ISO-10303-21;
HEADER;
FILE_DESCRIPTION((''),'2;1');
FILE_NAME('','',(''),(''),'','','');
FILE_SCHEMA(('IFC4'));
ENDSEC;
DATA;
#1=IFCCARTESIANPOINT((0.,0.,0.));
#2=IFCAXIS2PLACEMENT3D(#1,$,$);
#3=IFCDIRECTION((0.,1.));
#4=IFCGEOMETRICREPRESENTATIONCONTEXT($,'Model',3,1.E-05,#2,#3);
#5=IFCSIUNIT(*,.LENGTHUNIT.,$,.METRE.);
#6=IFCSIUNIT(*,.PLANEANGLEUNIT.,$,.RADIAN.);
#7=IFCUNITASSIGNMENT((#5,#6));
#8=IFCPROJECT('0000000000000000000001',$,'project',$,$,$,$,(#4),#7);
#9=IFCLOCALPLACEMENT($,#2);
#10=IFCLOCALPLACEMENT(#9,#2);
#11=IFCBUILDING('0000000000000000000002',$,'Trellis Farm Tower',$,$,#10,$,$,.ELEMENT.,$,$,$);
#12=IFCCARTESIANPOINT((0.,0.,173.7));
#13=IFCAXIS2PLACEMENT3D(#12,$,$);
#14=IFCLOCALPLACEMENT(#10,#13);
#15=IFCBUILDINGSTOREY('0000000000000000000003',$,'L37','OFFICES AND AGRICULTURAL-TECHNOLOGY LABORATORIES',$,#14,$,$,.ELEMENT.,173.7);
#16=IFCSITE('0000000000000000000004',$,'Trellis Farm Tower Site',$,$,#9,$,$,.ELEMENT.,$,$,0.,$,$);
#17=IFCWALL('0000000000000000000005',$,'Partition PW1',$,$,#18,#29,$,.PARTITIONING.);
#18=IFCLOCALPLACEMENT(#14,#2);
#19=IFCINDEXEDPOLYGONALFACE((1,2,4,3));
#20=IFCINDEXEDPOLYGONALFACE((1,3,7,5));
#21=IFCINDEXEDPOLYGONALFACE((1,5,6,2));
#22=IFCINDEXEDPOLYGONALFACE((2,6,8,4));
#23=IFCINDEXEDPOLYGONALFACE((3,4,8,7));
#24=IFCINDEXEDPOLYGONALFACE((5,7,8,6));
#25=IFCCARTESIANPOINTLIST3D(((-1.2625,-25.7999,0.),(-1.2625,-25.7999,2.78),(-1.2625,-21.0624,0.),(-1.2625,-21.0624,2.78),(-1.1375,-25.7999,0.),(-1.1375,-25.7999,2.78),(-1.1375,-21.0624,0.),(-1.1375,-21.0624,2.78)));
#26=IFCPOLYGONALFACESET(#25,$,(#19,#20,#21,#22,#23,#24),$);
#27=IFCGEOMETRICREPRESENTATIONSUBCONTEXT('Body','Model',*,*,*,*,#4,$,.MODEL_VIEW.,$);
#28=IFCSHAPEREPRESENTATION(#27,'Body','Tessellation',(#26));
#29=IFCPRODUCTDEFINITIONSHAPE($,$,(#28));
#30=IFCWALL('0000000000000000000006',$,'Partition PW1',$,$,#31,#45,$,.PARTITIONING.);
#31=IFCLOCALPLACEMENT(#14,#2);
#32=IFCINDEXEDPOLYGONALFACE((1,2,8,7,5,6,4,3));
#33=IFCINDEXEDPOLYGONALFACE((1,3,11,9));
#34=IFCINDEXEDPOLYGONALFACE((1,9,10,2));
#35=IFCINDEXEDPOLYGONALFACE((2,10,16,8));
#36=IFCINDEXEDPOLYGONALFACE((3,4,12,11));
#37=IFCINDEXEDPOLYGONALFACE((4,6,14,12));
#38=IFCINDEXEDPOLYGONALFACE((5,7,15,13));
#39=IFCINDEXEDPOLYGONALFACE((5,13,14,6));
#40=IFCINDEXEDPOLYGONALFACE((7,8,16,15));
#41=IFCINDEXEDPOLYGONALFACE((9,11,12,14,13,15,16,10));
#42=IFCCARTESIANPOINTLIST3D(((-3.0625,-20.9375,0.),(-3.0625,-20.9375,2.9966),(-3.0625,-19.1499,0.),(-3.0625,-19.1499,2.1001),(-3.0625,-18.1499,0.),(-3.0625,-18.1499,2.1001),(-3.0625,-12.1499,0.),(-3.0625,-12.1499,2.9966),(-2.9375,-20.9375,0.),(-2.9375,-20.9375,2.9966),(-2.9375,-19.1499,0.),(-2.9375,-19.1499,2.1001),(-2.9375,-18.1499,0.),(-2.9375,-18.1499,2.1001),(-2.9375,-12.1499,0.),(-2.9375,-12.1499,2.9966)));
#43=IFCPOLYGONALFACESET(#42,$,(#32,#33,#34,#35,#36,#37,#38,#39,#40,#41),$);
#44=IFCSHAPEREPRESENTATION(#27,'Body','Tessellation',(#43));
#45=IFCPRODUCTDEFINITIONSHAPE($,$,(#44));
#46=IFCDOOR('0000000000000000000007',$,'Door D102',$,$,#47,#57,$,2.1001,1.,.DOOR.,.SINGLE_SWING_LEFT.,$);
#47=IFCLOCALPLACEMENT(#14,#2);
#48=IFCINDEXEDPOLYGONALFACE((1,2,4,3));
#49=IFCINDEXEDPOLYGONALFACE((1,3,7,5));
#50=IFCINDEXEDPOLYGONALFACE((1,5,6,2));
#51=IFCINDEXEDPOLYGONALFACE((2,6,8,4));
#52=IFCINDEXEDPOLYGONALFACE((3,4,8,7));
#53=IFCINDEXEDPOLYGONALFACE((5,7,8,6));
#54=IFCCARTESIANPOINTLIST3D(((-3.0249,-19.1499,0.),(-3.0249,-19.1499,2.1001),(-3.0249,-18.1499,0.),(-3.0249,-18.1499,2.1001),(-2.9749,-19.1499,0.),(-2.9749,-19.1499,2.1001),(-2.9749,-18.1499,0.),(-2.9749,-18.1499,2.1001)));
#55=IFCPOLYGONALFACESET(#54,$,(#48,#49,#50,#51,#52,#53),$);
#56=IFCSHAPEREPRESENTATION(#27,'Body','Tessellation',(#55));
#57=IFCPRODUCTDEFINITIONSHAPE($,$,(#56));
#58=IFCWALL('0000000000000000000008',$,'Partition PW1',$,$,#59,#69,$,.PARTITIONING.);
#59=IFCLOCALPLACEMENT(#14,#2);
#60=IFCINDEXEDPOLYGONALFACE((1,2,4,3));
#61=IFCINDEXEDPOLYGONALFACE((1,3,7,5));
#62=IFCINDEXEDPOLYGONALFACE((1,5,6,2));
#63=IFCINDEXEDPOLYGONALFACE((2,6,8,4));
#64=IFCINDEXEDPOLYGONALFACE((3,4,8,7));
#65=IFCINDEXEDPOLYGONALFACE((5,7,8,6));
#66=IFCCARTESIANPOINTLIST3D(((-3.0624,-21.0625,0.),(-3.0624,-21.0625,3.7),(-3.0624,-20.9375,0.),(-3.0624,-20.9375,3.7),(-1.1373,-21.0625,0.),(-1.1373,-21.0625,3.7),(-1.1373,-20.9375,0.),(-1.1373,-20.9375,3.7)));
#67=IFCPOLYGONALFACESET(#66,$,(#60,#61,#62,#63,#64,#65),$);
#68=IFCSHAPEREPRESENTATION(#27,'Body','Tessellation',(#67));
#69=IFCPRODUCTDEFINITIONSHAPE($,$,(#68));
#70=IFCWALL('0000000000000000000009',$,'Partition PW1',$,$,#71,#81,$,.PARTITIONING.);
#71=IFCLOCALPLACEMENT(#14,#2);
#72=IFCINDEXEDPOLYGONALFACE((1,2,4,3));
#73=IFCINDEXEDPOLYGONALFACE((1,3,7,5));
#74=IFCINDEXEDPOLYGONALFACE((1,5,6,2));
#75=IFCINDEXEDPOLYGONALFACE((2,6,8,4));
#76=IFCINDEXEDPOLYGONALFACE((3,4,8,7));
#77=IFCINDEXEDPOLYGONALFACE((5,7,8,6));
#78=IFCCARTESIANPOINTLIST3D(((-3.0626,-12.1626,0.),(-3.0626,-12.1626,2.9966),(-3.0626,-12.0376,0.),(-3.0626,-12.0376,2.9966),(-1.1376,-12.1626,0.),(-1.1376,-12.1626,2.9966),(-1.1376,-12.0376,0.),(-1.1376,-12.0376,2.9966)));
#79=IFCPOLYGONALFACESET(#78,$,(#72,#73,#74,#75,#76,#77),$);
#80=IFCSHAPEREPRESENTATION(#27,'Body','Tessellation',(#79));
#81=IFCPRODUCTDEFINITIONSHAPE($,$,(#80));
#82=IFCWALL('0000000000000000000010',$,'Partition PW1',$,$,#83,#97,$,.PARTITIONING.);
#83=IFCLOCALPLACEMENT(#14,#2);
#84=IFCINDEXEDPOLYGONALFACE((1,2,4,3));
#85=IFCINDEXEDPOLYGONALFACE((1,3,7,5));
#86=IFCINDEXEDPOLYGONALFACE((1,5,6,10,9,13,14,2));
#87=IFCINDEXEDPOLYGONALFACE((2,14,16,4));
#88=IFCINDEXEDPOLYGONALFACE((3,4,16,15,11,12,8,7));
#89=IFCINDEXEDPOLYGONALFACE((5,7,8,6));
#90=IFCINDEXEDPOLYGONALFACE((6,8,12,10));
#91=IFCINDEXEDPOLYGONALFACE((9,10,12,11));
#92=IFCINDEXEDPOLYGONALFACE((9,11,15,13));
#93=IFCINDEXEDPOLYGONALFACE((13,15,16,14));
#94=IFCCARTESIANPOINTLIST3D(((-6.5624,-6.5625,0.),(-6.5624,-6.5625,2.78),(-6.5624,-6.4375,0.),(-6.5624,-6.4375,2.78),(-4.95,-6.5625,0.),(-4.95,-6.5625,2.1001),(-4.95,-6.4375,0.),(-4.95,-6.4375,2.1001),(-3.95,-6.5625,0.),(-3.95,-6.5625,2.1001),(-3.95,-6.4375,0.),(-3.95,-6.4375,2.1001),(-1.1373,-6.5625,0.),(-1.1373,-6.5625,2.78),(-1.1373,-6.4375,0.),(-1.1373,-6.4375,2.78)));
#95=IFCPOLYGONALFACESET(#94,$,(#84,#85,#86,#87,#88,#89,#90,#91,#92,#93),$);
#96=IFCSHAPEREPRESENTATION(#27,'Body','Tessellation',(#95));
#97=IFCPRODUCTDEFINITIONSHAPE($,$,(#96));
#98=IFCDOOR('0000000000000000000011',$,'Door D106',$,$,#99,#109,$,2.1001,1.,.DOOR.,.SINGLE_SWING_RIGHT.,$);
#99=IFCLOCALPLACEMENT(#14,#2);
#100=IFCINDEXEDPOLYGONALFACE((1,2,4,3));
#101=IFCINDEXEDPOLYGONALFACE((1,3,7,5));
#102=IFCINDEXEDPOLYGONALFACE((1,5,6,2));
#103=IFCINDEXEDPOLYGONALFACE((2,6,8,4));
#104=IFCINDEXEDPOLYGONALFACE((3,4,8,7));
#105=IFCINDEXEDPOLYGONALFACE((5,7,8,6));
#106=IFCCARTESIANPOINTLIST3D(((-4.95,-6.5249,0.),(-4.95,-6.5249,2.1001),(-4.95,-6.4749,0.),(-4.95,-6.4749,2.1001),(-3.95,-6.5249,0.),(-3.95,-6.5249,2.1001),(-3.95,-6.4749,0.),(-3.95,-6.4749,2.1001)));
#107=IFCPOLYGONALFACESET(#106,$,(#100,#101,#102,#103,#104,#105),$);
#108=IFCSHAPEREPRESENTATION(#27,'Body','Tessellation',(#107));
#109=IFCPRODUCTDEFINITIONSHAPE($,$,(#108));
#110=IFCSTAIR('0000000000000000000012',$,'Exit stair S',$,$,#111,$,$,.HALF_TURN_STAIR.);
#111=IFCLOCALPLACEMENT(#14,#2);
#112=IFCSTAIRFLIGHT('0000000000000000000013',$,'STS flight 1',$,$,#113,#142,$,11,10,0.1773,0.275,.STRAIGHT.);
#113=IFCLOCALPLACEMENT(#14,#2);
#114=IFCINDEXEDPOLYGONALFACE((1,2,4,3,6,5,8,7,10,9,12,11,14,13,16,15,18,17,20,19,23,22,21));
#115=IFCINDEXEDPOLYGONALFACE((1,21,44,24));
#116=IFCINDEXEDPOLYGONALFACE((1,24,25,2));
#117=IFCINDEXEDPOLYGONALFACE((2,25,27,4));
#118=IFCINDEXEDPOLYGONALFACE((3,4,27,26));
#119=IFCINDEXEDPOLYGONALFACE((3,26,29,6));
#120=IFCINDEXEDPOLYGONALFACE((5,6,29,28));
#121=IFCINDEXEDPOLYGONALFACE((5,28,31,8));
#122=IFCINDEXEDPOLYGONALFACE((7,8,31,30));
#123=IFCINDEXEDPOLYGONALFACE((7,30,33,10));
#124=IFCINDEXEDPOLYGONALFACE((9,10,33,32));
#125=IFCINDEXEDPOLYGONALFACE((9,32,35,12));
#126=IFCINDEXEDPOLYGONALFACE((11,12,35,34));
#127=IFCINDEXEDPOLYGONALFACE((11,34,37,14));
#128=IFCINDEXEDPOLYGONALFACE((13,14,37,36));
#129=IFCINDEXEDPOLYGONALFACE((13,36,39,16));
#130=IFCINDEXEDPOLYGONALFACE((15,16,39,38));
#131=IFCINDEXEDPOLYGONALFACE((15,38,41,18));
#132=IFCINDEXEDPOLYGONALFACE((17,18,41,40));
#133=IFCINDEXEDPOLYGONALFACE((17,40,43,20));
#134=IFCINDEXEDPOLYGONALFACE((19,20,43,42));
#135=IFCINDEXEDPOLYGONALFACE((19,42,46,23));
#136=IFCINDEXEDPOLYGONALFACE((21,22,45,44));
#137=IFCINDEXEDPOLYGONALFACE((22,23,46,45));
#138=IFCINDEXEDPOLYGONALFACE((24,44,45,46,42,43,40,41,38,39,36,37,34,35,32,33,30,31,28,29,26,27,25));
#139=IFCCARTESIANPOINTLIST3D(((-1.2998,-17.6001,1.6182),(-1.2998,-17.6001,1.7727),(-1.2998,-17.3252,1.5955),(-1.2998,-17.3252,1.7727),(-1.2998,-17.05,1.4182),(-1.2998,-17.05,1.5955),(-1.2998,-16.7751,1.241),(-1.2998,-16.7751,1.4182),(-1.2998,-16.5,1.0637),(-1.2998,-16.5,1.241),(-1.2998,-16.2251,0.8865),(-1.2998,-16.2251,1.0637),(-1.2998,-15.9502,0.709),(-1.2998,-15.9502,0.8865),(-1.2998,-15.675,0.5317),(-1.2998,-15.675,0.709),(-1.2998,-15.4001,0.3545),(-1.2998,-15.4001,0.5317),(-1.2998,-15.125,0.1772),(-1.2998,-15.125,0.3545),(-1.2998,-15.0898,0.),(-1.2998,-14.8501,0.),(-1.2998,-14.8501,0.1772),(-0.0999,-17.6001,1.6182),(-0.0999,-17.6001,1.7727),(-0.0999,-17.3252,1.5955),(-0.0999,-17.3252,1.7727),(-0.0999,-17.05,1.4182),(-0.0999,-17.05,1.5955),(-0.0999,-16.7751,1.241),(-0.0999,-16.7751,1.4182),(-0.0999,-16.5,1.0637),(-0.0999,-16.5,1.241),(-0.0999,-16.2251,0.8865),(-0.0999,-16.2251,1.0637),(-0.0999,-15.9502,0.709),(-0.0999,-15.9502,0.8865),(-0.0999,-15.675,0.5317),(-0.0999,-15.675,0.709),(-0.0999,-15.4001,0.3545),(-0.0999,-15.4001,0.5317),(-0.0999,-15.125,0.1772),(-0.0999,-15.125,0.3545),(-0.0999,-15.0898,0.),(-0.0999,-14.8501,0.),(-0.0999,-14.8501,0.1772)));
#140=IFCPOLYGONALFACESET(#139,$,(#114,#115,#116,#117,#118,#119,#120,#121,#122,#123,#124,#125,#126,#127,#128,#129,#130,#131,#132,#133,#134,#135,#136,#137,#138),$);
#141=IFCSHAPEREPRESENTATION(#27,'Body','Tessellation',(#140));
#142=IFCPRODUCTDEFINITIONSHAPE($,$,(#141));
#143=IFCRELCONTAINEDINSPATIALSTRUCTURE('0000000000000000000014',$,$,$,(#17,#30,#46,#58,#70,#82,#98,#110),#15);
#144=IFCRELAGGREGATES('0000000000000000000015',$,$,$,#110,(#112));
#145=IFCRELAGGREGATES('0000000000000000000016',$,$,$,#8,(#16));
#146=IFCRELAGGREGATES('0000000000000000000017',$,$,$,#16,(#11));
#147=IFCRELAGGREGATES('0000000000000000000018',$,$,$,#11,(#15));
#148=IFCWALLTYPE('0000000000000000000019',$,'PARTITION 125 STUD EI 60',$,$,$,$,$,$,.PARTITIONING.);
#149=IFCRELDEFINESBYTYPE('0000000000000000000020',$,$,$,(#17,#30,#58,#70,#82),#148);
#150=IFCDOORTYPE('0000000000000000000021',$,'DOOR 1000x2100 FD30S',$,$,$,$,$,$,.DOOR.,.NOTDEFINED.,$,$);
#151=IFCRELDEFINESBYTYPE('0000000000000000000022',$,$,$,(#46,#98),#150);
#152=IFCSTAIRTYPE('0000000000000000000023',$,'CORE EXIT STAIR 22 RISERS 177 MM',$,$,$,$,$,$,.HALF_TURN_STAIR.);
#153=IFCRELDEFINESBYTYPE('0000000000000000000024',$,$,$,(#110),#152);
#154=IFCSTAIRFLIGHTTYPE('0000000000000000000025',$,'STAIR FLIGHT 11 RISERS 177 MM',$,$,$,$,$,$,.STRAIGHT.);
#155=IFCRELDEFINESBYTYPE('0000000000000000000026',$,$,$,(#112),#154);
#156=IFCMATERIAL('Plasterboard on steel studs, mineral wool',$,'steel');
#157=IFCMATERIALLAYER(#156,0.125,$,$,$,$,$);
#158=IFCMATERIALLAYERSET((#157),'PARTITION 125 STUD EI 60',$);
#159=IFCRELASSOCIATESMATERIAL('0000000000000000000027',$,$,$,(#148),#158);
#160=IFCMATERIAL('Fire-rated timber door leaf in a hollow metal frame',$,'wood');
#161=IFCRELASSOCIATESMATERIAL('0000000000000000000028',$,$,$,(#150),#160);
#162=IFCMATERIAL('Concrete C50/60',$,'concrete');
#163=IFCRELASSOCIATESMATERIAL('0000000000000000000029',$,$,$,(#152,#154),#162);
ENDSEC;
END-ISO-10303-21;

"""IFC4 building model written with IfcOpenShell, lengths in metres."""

from ifc_helpers import new_model, si_unit, direction, frame, frame_2d, origin, place, context, subcontext, project, spatial, polyline, rectangle, outline, extrude, source, transform, mapped, material, layer, layer_set, type_object, element, fill, aggregate, save


model = new_model("IFC4")

# Units and contexts
model_context = context("Model", 3, precision=1e-05, world=origin(), true_north=direction((0.0, 1.0)))
body_context = subcontext(model_context, "Body", "Model", "MODEL_VIEW")
ifc_project = project(units=[si_unit("LENGTHUNIT", "METRE"), si_unit("PLANEANGLEUNIT", "RADIAN")], contexts=[model_context])

# Site, building, storey
site_placement = place(None, origin())
site = spatial("IfcSite", under=ifc_project, at=site_placement, Name="Trellis Farm Tower Site", CompositionType="ELEMENT", RefElevation=0.0)
building_placement = place(site_placement, origin())
building = spatial("IfcBuilding", under=site, at=building_placement, Name="Trellis Farm Tower", CompositionType="ELEMENT")
storey_placement = place(building_placement, frame((0.0, 0.0, 173.7)))
storey = spatial("IfcBuildingStorey", under=building, at=storey_placement, Name="L37", Description="OFFICES AND AGRICULTURAL-TECHNOLOGY LABORATORIES", CompositionType="ELEMENT", Elevation=173.7)

# Shared definitions
placement = place(storey_placement, origin())

# Shared definitions
ifc_material_1 = material(Name="Plasterboard on steel studs, mineral wool", Category="steel")
ifc_layer_1 = layer(ifc_material_1, 0.125)
ifc_layer_set_1 = layer_set([ifc_layer_1], Name="PARTITION 125 STUD EI 60")
wall_type_1 = type_object("IfcWallType", Name="PARTITION 125 STUD EI 60", PredefinedType="PARTITIONING", material=ifc_layer_set_1)
shared_shape_1 = source(origin(), body_context, "Body", "SweptSolid", [
    extrude(rectangle(XDim=1.0, YDim=2.1001, at=frame_2d((0.5, 1.05))), frame((0.0, 0.0725, 0.0), z_axis=(0.0, -1.0, 0.0), x_axis=(1.0, 0.0, 0.0)), (0.0, 0.0, 1.0), 0.145),
])
ifc_material_2 = material(Name="Fire-rated timber door leaf in a hollow metal frame", Category="wood")
door_type = type_object("IfcDoorType", Name="DOOR 1000x2100 FD30S", OperationType="NOTDEFINED", PredefinedType="DOOR", material=ifc_material_2)
shared_shape_2 = source(origin(), body_context, "Body", "SweptSolid", [
    extrude(rectangle(XDim=1.0, YDim=2.1001, at=frame_2d((0.5, 1.05))), frame((0.0, 0.0249, 0.0), z_axis=(0.0, -1.0, 0.0), x_axis=(1.0, 0.0, 0.0)), (0.0, 0.0, 1.0), 0.05),
])

# Wall
shared_shape_3 = source(origin(), body_context, "Body", "SweptSolid", [
    extrude(rectangle(XDim=4.7375, YDim=0.125, at=frame_2d((2.3687, 0.0))), origin(), (0.0, 0.0, 1.0), 2.78),
])
wall_1_placement = place(storey_placement, frame((-1.2, -21.0625, 0.0), z_axis=(0.0, 0.0, 1.0), x_axis=(0.0, -1.0, 0.0)))
element("IfcWall", 1, at=wall_1_placement, inside=storey, type_object=wall_type_1, Name="Partition PW1", PredefinedType="PARTITIONING", context=body_context, shape_type="MappedRepresentation", body=[
    mapped(shared_shape_3, transform((0.0, 0.0, 0.0))),
])

# Wall, opening, door
shared_shape_4 = source(origin(), body_context, "Body", "SweptSolid", [
    extrude(rectangle(XDim=8.7876, YDim=0.125, at=frame_2d((4.3938, 0.0))), origin(), (0.0, 0.0, 1.0), 2.9966),
])
wall_2_placement = place(storey_placement, frame((-3.0, -20.9375, 0.0), z_axis=(0.0, 0.0, 1.0), x_axis=(0.0, 1.0, 0.0)))
wall_2 = element("IfcWall", 2, at=wall_2_placement, inside=storey, type_object=wall_type_1, Name="Partition PW1", PredefinedType="PARTITIONING", context=body_context, shape_type="MappedRepresentation", body=[
    mapped(shared_shape_4, transform((0.0, 0.0, 0.0))),
])
opening_1_placement = place(wall_2_placement, frame((1.7876, 0.0, 0.0)))
opening_1 = element("IfcOpeningElement", 3, at=opening_1_placement, cuts=wall_2, PredefinedType="OPENING", context=body_context, shape_type="MappedRepresentation", body=[
    mapped(shared_shape_1, transform((0.0, 0.0, 0.0))),
])
door_1_placement = place(opening_1_placement, origin())
door_1 = element("IfcDoor", 4, at=door_1_placement, inside=storey, type_object=door_type, Name="Door D102", OperationType="SINGLE_SWING_LEFT", OverallHeight=2.1001, OverallWidth=1.0, PredefinedType="DOOR", context=body_context, shape_type="MappedRepresentation", body=[
    mapped(shared_shape_2, transform((0.0, 0.0, 0.0))),
])
fill(opening_1, door_1)

# Walls
shared_shape_5 = source(origin(), body_context, "Body", "SweptSolid", [
    extrude(rectangle(XDim=1.925, YDim=0.125, at=frame_2d((0.9624, 0.0))), origin(), (0.0, 0.0, 1.0), 3.7),
])
wall_3_placement = place(storey_placement, frame((-1.1375, -21.0, 0.0), z_axis=(0.0, 0.0, 1.0), x_axis=(-1.0, 0.0, 0.0)))
element("IfcWall", 5, at=wall_3_placement, inside=storey, type_object=wall_type_1, Name="Partition PW1", PredefinedType="PARTITIONING", context=body_context, shape_type="MappedRepresentation", body=[
    mapped(shared_shape_5, transform((0.0, 0.0, 0.0))),
])
shared_shape_6 = source(origin(), body_context, "Body", "SweptSolid", [
    extrude(rectangle(XDim=1.925, YDim=0.125, at=frame_2d((0.9624, 0.0))), origin(), (0.0, 0.0, 1.0), 2.9966),
])
wall_4_placement = place(storey_placement, frame((-3.0625, -12.1001, 0.0), z_axis=(0.0, 0.0, 1.0), x_axis=(1.0, 0.0, 0.0)))
element("IfcWall", 6, at=wall_4_placement, inside=storey, type_object=wall_type_1, Name="Partition PW1", PredefinedType="PARTITIONING", context=body_context, shape_type="MappedRepresentation", body=[
    mapped(shared_shape_6, transform((0.0, 0.0, 0.0))),
])

# Wall, opening, door
shared_shape_7 = source(origin(), body_context, "Body", "SweptSolid", [
    extrude(rectangle(XDim=5.425, YDim=0.125, at=frame_2d((2.7124, 0.0))), origin(), (0.0, 0.0, 1.0), 2.78),
])
wall_5_placement = place(storey_placement, frame((-1.1375, -6.5, 0.0), z_axis=(0.0, 0.0, 1.0), x_axis=(-1.0, 0.0, 0.0)))
wall_5 = element("IfcWall", 7, at=wall_5_placement, inside=storey, type_object=wall_type_1, Name="Partition PW1", PredefinedType="PARTITIONING", context=body_context, shape_type="MappedRepresentation", body=[
    mapped(shared_shape_7, transform((0.0, 0.0, 0.0))),
])
opening_2_placement = place(wall_5_placement, frame((2.8125, 0.0, 0.0)))
opening_2 = element("IfcOpeningElement", 8, at=opening_2_placement, cuts=wall_5, PredefinedType="OPENING", context=body_context, shape_type="MappedRepresentation", body=[
    mapped(shared_shape_1, transform((0.0, 0.0, 0.0))),
])
door_2_placement = place(opening_2_placement, origin())
door_2 = element("IfcDoor", 9, at=door_2_placement, inside=storey, type_object=door_type, Name="Door D106", OperationType="SINGLE_SWING_RIGHT", OverallHeight=2.1001, OverallWidth=1.0, PredefinedType="DOOR", context=body_context, shape_type="MappedRepresentation", body=[
    mapped(shared_shape_2, transform((0.0, 0.0, 0.0))),
])
fill(opening_2, door_2)

# Stair, stair flight
ifc_material_3 = material(Name="Concrete C50/60", Category="concrete")
stair_type = type_object("IfcStairType", Name="CORE EXIT STAIR 22 RISERS 177 MM", PredefinedType="HALF_TURN_STAIR", material=ifc_material_3)
stair = element("IfcStair", 10, at=placement, inside=storey, type_object=stair_type, Name="Exit stair S", PredefinedType="HALF_TURN_STAIR")
stair_flight_type = type_object("IfcStairFlightType", Name="STAIR FLIGHT 11 RISERS 177 MM", PredefinedType="STRAIGHT", material=ifc_material_3)
shared_shape_8 = source(origin(), body_context, "Body", "SweptSolid", [
    extrude(outline(polyline([(0.0, 0.0), (0.0, 0.1772), (0.2749, 0.1772), (0.2749, 0.3545), (0.55, 0.3545), (0.55, 0.5317), (0.825, 0.5317), (0.825, 0.709), (1.1001, 0.709), (1.1001, 0.8865), (1.375, 0.8865), (1.375, 1.0637), (1.6499, 1.0637), (1.6499, 1.241), (1.925, 1.241), (1.925, 1.4182), (2.2, 1.4182), (2.2, 1.5955), (2.4751, 1.5955), (2.4751, 1.7727), (2.75, 1.7727), (2.75, 1.95), (2.75, 1.6182), (0.2397, 0.0), (0.0, 0.0)])), frame((0.0, 0.6001, 0.0), z_axis=(0.0, -1.0, 0.0), x_axis=(1.0, 0.0, 0.0)), (0.0, 0.0, 1.0), 1.2),
])
stair_flight_placement = place(storey_placement, frame((-0.7, -14.8501, 0.0), z_axis=(0.0, 0.0, 1.0), x_axis=(0.0, -1.0, 0.0)))
stair_flight = element("IfcStairFlight", 11, at=stair_flight_placement, type_object=stair_flight_type, Name="STS flight 1", NumberOfRisers=11, NumberOfTreads=10, PredefinedType="STRAIGHT", RiserHeight=0.1773, TreadLength=0.275, context=body_context, shape_type="MappedRepresentation", body=[
    mapped(shared_shape_8, transform((0.0, 0.0, 0.0))),
])
aggregate(stair, [stair_flight])

save(model, "model.ifc")
